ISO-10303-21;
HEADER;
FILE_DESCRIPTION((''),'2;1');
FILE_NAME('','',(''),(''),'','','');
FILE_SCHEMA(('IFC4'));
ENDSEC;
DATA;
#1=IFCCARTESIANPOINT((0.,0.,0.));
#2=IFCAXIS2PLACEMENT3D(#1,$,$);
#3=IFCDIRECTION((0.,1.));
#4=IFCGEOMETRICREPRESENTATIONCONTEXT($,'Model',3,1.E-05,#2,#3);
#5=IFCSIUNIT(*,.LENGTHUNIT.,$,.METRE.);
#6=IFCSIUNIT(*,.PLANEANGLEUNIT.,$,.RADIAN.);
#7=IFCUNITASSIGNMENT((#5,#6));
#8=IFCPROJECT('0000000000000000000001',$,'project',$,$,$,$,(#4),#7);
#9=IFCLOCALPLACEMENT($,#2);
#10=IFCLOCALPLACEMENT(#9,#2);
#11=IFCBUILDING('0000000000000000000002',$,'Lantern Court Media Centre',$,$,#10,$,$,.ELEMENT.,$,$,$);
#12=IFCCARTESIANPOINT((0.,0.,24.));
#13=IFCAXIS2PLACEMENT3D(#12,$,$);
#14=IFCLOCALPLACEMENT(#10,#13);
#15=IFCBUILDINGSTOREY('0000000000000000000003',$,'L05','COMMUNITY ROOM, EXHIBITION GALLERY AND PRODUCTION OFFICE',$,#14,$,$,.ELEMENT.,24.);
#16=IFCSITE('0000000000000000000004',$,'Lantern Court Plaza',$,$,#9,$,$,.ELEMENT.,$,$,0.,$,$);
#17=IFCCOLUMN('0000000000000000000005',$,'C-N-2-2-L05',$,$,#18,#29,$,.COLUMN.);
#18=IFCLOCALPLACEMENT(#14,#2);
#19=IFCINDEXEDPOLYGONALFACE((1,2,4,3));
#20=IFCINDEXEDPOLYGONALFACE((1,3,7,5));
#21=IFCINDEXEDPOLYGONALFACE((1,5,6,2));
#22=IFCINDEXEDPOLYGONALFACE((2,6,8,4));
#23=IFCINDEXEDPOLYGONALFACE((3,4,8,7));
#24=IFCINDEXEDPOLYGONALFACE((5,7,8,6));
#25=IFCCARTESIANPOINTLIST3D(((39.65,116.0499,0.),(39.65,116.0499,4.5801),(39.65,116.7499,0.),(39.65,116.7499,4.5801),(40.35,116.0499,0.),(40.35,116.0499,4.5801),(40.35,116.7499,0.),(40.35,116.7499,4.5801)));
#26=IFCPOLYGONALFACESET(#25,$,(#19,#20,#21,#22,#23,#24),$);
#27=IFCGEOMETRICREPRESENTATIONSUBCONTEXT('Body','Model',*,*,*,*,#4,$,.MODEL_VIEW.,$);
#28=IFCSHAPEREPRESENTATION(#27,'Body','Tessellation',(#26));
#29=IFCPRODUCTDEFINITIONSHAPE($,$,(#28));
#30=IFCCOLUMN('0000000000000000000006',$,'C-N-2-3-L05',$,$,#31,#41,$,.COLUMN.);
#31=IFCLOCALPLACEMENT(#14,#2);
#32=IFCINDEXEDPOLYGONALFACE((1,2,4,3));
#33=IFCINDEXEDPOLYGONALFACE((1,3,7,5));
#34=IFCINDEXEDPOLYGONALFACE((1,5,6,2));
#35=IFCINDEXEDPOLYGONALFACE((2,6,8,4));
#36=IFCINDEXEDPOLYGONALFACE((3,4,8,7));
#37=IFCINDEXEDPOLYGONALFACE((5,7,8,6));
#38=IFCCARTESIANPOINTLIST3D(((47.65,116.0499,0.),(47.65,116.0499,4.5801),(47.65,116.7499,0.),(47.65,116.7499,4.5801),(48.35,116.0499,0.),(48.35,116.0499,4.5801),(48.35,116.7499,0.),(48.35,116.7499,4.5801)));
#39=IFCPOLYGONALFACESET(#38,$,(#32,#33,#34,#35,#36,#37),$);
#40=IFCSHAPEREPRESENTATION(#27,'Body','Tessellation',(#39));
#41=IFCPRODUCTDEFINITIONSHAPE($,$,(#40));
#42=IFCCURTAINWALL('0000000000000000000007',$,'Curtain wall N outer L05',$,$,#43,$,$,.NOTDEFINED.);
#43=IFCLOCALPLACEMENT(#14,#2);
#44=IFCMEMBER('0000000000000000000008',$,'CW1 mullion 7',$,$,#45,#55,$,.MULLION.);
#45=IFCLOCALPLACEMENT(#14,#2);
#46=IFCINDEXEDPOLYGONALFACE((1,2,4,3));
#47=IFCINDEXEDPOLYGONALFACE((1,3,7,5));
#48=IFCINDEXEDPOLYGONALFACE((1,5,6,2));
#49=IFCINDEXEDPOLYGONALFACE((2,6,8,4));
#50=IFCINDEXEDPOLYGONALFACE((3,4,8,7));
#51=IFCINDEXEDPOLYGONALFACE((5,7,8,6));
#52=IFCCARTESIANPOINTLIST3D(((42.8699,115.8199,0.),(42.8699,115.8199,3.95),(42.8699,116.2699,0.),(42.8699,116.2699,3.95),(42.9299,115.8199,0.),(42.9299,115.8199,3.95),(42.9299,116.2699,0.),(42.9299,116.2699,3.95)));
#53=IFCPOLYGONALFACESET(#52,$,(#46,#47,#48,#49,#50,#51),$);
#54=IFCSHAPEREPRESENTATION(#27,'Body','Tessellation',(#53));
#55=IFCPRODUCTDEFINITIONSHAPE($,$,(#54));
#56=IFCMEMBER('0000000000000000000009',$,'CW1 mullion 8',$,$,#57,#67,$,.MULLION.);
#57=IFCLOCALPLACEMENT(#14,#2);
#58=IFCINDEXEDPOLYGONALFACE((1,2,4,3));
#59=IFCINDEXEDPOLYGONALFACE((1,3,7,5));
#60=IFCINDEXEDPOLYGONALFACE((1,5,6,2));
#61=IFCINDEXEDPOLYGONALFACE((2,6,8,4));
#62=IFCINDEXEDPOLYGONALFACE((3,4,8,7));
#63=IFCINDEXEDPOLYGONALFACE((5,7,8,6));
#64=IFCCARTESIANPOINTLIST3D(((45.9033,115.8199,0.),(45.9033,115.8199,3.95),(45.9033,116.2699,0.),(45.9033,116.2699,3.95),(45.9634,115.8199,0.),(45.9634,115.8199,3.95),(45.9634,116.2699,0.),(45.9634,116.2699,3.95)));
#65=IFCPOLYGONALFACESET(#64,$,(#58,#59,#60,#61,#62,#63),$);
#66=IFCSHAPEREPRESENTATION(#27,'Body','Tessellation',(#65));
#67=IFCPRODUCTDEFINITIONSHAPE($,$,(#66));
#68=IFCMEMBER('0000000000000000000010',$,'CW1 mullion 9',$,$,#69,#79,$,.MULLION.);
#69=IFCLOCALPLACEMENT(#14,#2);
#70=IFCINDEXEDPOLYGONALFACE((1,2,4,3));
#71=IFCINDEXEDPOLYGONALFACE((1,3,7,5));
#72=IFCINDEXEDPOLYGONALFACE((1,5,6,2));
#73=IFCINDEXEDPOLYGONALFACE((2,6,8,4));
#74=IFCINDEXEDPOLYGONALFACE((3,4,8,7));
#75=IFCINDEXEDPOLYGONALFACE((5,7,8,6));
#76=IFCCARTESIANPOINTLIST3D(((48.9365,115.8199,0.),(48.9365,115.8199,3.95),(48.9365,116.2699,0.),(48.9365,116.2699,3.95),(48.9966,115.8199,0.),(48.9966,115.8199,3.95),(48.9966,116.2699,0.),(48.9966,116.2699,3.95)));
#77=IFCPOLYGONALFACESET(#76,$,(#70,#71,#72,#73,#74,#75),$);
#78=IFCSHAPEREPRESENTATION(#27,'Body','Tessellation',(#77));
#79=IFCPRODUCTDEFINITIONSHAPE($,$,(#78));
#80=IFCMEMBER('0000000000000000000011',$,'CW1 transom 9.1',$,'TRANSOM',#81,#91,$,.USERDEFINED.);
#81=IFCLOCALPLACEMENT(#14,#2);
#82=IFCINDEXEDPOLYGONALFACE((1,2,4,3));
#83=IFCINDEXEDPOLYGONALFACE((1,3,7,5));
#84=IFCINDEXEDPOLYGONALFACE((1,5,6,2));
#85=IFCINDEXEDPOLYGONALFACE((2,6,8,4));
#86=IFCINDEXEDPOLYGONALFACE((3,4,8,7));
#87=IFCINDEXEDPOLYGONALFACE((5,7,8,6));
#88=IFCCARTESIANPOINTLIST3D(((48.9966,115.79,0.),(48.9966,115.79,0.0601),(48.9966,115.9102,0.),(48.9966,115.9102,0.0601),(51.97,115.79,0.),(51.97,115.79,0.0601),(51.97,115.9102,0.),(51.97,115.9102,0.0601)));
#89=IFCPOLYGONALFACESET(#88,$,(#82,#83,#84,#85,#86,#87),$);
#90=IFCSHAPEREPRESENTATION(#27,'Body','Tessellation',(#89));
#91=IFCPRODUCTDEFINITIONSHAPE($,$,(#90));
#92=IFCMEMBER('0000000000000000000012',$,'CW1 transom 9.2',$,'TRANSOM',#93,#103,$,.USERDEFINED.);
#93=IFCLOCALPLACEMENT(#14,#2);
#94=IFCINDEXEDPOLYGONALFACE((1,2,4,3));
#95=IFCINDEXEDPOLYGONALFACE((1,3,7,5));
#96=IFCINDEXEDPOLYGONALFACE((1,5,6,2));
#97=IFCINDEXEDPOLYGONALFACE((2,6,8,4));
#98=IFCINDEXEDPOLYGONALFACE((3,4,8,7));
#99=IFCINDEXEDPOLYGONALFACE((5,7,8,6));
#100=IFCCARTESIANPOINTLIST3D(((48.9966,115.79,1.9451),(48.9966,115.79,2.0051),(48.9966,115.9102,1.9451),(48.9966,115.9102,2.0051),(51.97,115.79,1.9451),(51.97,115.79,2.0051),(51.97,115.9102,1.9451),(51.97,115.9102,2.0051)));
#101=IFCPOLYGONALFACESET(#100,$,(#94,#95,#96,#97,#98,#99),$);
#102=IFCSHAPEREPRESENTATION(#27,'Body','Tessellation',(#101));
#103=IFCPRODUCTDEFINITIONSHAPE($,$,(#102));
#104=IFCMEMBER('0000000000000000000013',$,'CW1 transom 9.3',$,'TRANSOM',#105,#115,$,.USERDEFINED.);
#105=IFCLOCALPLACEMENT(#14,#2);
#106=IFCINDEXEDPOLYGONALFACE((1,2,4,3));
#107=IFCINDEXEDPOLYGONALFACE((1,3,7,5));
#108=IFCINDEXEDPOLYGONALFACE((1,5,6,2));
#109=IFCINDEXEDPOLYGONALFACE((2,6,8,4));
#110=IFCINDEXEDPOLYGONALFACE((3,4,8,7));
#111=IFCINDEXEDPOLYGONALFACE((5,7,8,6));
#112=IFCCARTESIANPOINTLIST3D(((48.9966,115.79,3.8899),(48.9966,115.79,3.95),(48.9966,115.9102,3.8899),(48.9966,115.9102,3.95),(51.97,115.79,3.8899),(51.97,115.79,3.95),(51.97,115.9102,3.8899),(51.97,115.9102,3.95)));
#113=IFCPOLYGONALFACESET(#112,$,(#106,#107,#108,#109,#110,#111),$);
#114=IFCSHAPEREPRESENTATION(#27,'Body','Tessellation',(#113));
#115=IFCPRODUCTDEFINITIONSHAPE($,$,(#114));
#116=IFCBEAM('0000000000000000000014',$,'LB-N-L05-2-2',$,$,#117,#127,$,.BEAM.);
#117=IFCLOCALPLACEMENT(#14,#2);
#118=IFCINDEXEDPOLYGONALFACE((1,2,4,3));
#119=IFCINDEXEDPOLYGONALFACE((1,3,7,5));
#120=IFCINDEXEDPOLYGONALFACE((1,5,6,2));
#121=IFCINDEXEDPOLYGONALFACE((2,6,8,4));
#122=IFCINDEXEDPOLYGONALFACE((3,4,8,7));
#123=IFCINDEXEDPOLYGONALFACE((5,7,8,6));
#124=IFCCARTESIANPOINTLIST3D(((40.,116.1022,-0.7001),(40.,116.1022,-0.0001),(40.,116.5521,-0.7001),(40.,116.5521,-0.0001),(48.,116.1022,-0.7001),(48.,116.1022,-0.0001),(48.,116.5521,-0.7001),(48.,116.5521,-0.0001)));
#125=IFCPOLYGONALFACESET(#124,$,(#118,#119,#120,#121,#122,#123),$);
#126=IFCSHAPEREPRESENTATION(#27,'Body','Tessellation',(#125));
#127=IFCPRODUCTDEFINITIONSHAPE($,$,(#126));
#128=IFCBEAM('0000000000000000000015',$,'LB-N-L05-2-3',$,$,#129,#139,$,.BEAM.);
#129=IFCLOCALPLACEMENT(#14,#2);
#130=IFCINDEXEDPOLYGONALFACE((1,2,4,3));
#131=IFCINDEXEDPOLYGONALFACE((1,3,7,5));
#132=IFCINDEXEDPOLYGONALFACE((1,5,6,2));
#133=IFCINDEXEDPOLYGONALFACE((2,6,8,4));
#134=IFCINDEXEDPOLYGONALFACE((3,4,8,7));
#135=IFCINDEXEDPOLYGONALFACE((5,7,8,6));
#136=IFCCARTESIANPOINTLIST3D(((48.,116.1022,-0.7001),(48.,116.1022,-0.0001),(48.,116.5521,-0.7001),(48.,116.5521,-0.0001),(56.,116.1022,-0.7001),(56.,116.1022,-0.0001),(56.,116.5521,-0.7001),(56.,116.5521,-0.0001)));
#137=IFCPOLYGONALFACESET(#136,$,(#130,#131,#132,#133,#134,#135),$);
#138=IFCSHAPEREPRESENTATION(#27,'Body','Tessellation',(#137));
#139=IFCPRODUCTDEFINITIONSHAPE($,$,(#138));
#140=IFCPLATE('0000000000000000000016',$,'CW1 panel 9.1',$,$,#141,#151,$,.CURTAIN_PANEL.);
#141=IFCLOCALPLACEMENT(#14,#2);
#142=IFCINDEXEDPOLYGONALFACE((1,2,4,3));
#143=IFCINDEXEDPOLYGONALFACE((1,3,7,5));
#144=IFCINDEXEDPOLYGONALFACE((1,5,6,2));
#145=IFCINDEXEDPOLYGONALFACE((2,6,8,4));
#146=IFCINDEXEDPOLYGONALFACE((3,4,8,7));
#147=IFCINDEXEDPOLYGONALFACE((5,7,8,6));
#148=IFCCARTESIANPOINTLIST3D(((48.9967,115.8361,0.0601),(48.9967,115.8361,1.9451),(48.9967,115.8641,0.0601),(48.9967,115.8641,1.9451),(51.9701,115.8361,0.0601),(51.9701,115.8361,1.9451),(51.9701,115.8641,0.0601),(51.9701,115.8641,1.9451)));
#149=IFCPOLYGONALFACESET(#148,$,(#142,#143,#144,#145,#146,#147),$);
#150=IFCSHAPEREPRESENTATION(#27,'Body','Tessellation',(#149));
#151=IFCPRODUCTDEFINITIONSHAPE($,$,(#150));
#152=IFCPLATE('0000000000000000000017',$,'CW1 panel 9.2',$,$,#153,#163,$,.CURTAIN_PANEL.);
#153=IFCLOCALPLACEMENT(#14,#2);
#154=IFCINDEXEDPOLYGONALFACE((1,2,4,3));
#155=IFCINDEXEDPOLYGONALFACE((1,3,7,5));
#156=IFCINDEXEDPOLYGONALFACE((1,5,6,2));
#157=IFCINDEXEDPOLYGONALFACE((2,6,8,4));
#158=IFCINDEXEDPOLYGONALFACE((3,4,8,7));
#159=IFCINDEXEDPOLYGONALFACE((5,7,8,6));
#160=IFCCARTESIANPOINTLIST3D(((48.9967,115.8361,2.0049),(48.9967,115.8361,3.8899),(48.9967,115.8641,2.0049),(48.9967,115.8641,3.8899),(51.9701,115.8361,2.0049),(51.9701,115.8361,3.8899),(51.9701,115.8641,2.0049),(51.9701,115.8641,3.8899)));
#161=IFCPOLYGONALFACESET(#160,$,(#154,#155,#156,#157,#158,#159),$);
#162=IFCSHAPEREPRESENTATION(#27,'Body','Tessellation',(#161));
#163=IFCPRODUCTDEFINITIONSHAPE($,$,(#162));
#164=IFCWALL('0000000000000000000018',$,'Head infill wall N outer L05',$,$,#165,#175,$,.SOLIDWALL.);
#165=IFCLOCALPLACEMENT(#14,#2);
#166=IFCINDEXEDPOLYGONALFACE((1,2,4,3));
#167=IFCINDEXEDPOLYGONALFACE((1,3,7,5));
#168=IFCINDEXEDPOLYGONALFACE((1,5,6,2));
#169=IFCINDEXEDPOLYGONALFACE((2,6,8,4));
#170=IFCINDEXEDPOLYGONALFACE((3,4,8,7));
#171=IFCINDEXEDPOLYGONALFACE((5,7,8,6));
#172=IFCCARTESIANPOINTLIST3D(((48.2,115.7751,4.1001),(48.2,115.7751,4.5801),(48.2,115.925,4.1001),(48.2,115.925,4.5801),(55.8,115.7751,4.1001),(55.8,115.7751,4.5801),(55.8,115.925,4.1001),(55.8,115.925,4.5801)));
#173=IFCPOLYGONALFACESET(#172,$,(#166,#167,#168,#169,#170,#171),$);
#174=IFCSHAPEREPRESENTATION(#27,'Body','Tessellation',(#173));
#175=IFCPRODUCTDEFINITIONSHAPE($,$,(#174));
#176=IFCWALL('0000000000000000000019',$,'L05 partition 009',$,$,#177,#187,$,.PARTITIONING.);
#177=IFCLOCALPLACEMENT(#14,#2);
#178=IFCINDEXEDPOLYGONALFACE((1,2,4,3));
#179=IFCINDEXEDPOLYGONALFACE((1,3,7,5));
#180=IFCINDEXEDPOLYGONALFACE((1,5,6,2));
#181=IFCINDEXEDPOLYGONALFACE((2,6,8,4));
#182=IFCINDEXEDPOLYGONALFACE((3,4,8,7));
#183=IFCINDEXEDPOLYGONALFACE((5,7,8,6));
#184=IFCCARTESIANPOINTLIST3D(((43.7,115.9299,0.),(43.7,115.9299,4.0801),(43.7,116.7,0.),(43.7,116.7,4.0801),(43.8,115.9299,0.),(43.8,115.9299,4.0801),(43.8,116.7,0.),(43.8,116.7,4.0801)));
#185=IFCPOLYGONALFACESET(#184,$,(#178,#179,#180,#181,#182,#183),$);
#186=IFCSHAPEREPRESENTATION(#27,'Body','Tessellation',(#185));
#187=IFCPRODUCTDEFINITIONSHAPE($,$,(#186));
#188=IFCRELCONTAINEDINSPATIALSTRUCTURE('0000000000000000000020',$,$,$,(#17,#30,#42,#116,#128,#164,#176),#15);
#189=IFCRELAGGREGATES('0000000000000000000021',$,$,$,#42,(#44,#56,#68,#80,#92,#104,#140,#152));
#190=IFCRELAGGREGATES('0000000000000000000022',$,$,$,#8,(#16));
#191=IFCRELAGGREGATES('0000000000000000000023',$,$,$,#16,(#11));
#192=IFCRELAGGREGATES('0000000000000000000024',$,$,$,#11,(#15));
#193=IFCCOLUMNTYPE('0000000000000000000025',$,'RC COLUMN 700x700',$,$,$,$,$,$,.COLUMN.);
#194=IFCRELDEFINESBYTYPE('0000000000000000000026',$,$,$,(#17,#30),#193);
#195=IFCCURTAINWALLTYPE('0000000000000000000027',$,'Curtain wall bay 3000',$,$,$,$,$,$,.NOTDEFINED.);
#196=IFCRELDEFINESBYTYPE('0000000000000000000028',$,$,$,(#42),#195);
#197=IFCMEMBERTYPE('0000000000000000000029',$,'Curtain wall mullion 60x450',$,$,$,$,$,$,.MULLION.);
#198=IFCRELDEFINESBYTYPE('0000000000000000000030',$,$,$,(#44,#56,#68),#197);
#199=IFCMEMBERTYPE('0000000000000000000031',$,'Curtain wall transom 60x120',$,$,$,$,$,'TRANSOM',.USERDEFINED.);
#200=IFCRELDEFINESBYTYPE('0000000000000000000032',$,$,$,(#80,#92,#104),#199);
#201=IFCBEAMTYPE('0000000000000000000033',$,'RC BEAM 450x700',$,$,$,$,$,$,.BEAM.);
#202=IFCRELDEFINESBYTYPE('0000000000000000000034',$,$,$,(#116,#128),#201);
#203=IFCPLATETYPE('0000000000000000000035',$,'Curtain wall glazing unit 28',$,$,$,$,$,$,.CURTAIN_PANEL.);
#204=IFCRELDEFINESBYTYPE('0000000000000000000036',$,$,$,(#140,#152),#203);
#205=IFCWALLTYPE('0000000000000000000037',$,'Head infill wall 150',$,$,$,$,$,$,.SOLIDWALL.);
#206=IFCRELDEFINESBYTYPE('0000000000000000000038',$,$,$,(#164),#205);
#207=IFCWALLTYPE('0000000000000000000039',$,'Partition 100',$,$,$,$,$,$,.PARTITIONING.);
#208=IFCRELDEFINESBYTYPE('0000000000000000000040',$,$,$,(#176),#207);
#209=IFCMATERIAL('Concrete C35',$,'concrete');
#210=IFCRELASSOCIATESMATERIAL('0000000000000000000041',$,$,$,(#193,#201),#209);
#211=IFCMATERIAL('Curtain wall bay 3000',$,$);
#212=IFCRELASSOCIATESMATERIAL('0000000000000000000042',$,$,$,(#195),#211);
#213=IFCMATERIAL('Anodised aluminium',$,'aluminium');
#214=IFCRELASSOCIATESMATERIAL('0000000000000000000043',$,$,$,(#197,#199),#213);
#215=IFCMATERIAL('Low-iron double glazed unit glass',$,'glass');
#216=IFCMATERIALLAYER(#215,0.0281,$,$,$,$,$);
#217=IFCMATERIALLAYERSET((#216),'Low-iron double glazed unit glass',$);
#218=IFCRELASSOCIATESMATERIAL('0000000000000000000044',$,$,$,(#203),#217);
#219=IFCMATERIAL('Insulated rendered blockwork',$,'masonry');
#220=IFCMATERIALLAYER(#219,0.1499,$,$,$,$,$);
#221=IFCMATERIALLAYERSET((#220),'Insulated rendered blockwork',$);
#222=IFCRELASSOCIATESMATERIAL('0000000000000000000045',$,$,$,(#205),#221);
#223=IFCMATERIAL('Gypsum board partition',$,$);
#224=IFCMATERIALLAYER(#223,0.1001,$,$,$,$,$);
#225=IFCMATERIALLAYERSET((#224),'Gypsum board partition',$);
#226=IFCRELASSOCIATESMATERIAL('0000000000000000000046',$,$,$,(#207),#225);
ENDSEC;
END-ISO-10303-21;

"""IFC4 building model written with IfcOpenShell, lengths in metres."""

from ifc_helpers import new_model, si_unit, direction, frame, frame_2d, origin, origin_2d, place, context, subcontext, project, spatial, rectangle, extrude, material, layer, layer_set, material_profile, profile_set, type_object, element, aggregate, save


model = new_model("IFC4")

# Units and contexts
model_context = context("Model", 3, precision=1e-05, world=origin(), true_north=direction((0.0, 1.0)))
body_context = subcontext(model_context, "Body", "Model", "MODEL_VIEW")
ifc_project = project(units=[si_unit("LENGTHUNIT", "METRE"), si_unit("PLANEANGLEUNIT", "RADIAN")], contexts=[model_context])

# Site, building, storey
site_placement = place(None, origin())
site = spatial("IfcSite", under=ifc_project, at=site_placement, Name="Lantern Court Plaza", CompositionType="ELEMENT", RefElevation=0.0)
building_placement = place(site_placement, origin())
building = spatial("IfcBuilding", under=site, at=building_placement, Name="Lantern Court Media Centre", CompositionType="ELEMENT")
storey_placement = place(building_placement, frame((0.0, 0.0, 24.0)))
storey = spatial("IfcBuildingStorey", under=building, at=storey_placement, Name="L05", Description="COMMUNITY ROOM, EXHIBITION GALLERY AND PRODUCTION OFFICE", CompositionType="ELEMENT", Elevation=24.0)

# Columns
ifc_material_1 = material(Name="Concrete C35", Category="concrete")
ifc_material_profile_1 = material_profile(ifc_material_1, rectangle(XDim=0.7, YDim=0.7, at=origin_2d()), Name="RC 700x700")
ifc_profile_set_1 = profile_set([ifc_material_profile_1], Name="Concrete C35")
column_type = type_object("IfcColumnType", Name="RC COLUMN 700x700", PredefinedType="COLUMN", material=ifc_profile_set_1)
for number, where, z_axis, x_axis, name in (
    (1, (40.0, 116.3999, 0.0), (0.0, 0.0, 1.0), (1.0, 0.0, 0.0), "C-N-2-2-L05"),
    (2, (48.0, 116.3999, 0.0), (0.0, 0.0, 1.0), (1.0, 0.0, 0.0), "C-N-2-3-L05"),
):
    element("IfcColumn", number, at=place(storey_placement, frame(where, z_axis=z_axis, x_axis=x_axis)), inside=storey, type_object=column_type, Name=name, PredefinedType="COLUMN", context=body_context, shape_type="SweptSolid", body=[
        extrude(rectangle(XDim=0.7, YDim=0.7, at=origin_2d()), origin(), (0.0, 0.0, 1.0), 4.5801),
    ])

# Curtain wall, members
ifc_material_2 = material(Name="Curtain wall bay 3000")
curtain_wall_type = type_object("IfcCurtainWallType", Name="Curtain wall bay 3000", PredefinedType="NOTDEFINED", material=ifc_material_2)
curtain_wall_placement = place(storey_placement, origin())
curtain_wall = element("IfcCurtainWall", 3, at=curtain_wall_placement, inside=storey, type_object=curtain_wall_type, Name="Curtain wall N outer L05", PredefinedType="NOTDEFINED")
ifc_material_3 = material(Name="Anodised aluminium", Category="aluminium")
ifc_material_profile_2 = material_profile(ifc_material_3, rectangle(XDim=0.45, YDim=0.0601, at=origin_2d()), Name="AL 60x450")
ifc_profile_set_2 = profile_set([ifc_material_profile_2], Name="Anodised aluminium")
member_type_1 = type_object("IfcMemberType", Name="Curtain wall mullion 60x450", PredefinedType="MULLION", material=ifc_profile_set_2)
member_1_placement = place(storey_placement, frame((42.8999, 116.0449, 0.0), z_axis=(0.0, 0.0, 1.0), x_axis=(0.0, 1.0, 0.0)))
member_1 = element("IfcMember", 4, at=member_1_placement, type_object=member_type_1, Name="CW1 mullion 7", PredefinedType="MULLION", context=body_context, shape_type="SweptSolid", body=[
    extrude(rectangle(XDim=0.45, YDim=0.0601, at=origin_2d()), origin(), (0.0, 0.0, 1.0), 3.95),
])
member_2_placement = place(storey_placement, frame((45.9333, 116.0449, 0.0), z_axis=(0.0, 0.0, 1.0), x_axis=(0.0, 1.0, 0.0)))
member_2 = element("IfcMember", 5, at=member_2_placement, type_object=member_type_1, Name="CW1 mullion 8", PredefinedType="MULLION", context=body_context, shape_type="SweptSolid", body=[
    extrude(rectangle(XDim=0.45, YDim=0.0601, at=origin_2d()), origin(), (0.0, 0.0, 1.0), 3.95),
])
member_3_placement = place(storey_placement, frame((48.9666, 116.0449, 0.0), z_axis=(0.0, 0.0, 1.0), x_axis=(0.0, 1.0, 0.0)))
member_3 = element("IfcMember", 6, at=member_3_placement, type_object=member_type_1, Name="CW1 mullion 9", PredefinedType="MULLION", context=body_context, shape_type="SweptSolid", body=[
    extrude(rectangle(XDim=0.45, YDim=0.0601, at=origin_2d()), origin(), (0.0, 0.0, 1.0), 3.95),
])
ifc_material_profile_3 = material_profile(ifc_material_3, rectangle(XDim=0.1201, YDim=0.0601, at=origin_2d()), Name="AL 60x120")
ifc_profile_set_3 = profile_set([ifc_material_profile_3], Name="Anodised aluminium")
member_type_2 = type_object("IfcMemberType", Name="Curtain wall transom 60x120", ElementType="TRANSOM", PredefinedType="USERDEFINED", material=ifc_profile_set_3)
member_4_placement = place(storey_placement, frame((48.9966, 115.8501, 0.03), z_axis=(1.0, 0.0, 0.0), x_axis=(0.0, 1.0, 0.0)))
member_4 = element("IfcMember", 7, at=member_4_placement, type_object=member_type_2, Name="CW1 transom 9.1", ObjectType="TRANSOM", PredefinedType="USERDEFINED", context=body_context, shape_type="SweptSolid", body=[
    extrude(rectangle(XDim=0.1201, YDim=0.0601, at=origin_2d()), origin(), (0.0, 0.0, 1.0), 2.9734),
])
member_5_placement = place(storey_placement, frame((48.9966, 115.8501, 1.9751), z_axis=(1.0, 0.0, 0.0), x_axis=(0.0, 1.0, 0.0)))
member_5 = element("IfcMember", 8, at=member_5_placement, type_object=member_type_2, Name="CW1 transom 9.2", ObjectType="TRANSOM", PredefinedType="USERDEFINED", context=body_context, shape_type="SweptSolid", body=[
    extrude(rectangle(XDim=0.1201, YDim=0.0601, at=origin_2d()), origin(), (0.0, 0.0, 1.0), 2.9734),
])
member_6_placement = place(storey_placement, frame((48.9966, 115.8501, 3.9199), z_axis=(1.0, 0.0, 0.0), x_axis=(0.0, 1.0, 0.0)))
member_6 = element("IfcMember", 9, at=member_6_placement, type_object=member_type_2, Name="CW1 transom 9.3", ObjectType="TRANSOM", PredefinedType="USERDEFINED", context=body_context, shape_type="SweptSolid", body=[
    extrude(rectangle(XDim=0.1201, YDim=0.0601, at=origin_2d()), origin(), (0.0, 0.0, 1.0), 2.9734),
])

# Beams
ifc_material_profile_4 = material_profile(ifc_material_1, rectangle(XDim=0.45, YDim=0.7, at=origin_2d()), Name="RC 450x700")
ifc_profile_set_4 = profile_set([ifc_material_profile_4], Name="Concrete C35")
beam_type = type_object("IfcBeamType", Name="RC BEAM 450x700", PredefinedType="BEAM", material=ifc_profile_set_4)
for number, where, z_axis, x_axis, name in (
    (10, (40.0, 116.3271, -0.3501), (1.0, 0.0, 0.0), (0.0, 1.0, 0.0), "LB-N-L05-2-2"),
    (11, (48.0, 116.3271, -0.3501), (1.0, 0.0, 0.0), (0.0, 1.0, 0.0), "LB-N-L05-2-3"),
):
    element("IfcBeam", number, at=place(storey_placement, frame(where, z_axis=z_axis, x_axis=x_axis)), inside=storey, type_object=beam_type, Name=name, PredefinedType="BEAM", context=body_context, shape_type="SweptSolid", body=[
        extrude(rectangle(XDim=0.45, YDim=0.7, at=origin_2d()), origin(), (0.0, 0.0, 1.0), 8.0),
    ])

# Plates
ifc_material_4 = material(Name="Low-iron double glazed unit glass", Category="glass")
ifc_layer_1 = layer(ifc_material_4, 0.0281)
ifc_layer_set_1 = layer_set([ifc_layer_1], Name="Low-iron double glazed unit glass")
plate_type = type_object("IfcPlateType", Name="Curtain wall glazing unit 28", PredefinedType="CURTAIN_PANEL", material=ifc_layer_set_1)
plate_1_placement = place(storey_placement, frame((50.4834, 115.8501, 0.0601), z_axis=(0.0, 0.0, 1.0), x_axis=(1.0, 0.0, 0.0)))
plate_1 = element("IfcPlate", 12, at=plate_1_placement, type_object=plate_type, Name="CW1 panel 9.1", PredefinedType="CURTAIN_PANEL", context=body_context, shape_type="SweptSolid", body=[
    extrude(rectangle(XDim=2.9734, YDim=0.0281, at=origin_2d()), origin(), (0.0, 0.0, 1.0), 1.885),
])
plate_2_placement = place(storey_placement, frame((50.4834, 115.8501, 2.0049), z_axis=(0.0, 0.0, 1.0), x_axis=(1.0, 0.0, 0.0)))
plate_2 = element("IfcPlate", 13, at=plate_2_placement, type_object=plate_type, Name="CW1 panel 9.2", PredefinedType="CURTAIN_PANEL", context=body_context, shape_type="SweptSolid", body=[
    extrude(rectangle(XDim=2.9734, YDim=0.0281, at=origin_2d()), origin(), (0.0, 0.0, 1.0), 1.885),
])
aggregate(curtain_wall, [member_1, member_2, member_3, member_4, member_5, member_6, plate_1, plate_2])

# Walls
ifc_material_5 = material(Name="Insulated rendered blockwork", Category="masonry")
ifc_layer_2 = layer(ifc_material_5, 0.1499)
ifc_layer_set_2 = layer_set([ifc_layer_2], Name="Insulated rendered blockwork")
wall_type_1 = type_object("IfcWallType", Name="Head infill wall 150", PredefinedType="SOLIDWALL", material=ifc_layer_set_2)
wall_1_placement = place(storey_placement, frame((48.2, 115.8501, 4.1001), z_axis=(0.0, 0.0, 1.0), x_axis=(1.0, 0.0, 0.0)))
element("IfcWall", 14, at=wall_1_placement, inside=storey, type_object=wall_type_1, Name="Head infill wall N outer L05", PredefinedType="SOLIDWALL", context=body_context, shape_type="SweptSolid", body=[
    extrude(rectangle(XDim=7.6001, YDim=0.1499, at=frame_2d((3.8, 0.0))), origin(), (0.0, 0.0, 1.0), 0.48),
])
ifc_material_6 = material(Name="Gypsum board partition")
ifc_layer_3 = layer(ifc_material_6, 0.1001)
ifc_layer_set_3 = layer_set([ifc_layer_3], Name="Gypsum board partition")
wall_type_2 = type_object("IfcWallType", Name="Partition 100", PredefinedType="PARTITIONING", material=ifc_layer_set_3)
wall_2_placement = place(storey_placement, frame((43.75, 115.9299, 0.0), z_axis=(0.0, 0.0, 1.0), x_axis=(0.0, 1.0, 0.0)))
element("IfcWall", 15, at=wall_2_placement, inside=storey, type_object=wall_type_2, Name="L05 partition 009", PredefinedType="PARTITIONING", context=body_context, shape_type="SweptSolid", body=[
    extrude(rectangle(XDim=0.77, YDim=0.1001, at=frame_2d((0.385, 0.0))), origin(), (0.0, 0.0, 1.0), 4.0801),
])

save(model, "model.ifc")
